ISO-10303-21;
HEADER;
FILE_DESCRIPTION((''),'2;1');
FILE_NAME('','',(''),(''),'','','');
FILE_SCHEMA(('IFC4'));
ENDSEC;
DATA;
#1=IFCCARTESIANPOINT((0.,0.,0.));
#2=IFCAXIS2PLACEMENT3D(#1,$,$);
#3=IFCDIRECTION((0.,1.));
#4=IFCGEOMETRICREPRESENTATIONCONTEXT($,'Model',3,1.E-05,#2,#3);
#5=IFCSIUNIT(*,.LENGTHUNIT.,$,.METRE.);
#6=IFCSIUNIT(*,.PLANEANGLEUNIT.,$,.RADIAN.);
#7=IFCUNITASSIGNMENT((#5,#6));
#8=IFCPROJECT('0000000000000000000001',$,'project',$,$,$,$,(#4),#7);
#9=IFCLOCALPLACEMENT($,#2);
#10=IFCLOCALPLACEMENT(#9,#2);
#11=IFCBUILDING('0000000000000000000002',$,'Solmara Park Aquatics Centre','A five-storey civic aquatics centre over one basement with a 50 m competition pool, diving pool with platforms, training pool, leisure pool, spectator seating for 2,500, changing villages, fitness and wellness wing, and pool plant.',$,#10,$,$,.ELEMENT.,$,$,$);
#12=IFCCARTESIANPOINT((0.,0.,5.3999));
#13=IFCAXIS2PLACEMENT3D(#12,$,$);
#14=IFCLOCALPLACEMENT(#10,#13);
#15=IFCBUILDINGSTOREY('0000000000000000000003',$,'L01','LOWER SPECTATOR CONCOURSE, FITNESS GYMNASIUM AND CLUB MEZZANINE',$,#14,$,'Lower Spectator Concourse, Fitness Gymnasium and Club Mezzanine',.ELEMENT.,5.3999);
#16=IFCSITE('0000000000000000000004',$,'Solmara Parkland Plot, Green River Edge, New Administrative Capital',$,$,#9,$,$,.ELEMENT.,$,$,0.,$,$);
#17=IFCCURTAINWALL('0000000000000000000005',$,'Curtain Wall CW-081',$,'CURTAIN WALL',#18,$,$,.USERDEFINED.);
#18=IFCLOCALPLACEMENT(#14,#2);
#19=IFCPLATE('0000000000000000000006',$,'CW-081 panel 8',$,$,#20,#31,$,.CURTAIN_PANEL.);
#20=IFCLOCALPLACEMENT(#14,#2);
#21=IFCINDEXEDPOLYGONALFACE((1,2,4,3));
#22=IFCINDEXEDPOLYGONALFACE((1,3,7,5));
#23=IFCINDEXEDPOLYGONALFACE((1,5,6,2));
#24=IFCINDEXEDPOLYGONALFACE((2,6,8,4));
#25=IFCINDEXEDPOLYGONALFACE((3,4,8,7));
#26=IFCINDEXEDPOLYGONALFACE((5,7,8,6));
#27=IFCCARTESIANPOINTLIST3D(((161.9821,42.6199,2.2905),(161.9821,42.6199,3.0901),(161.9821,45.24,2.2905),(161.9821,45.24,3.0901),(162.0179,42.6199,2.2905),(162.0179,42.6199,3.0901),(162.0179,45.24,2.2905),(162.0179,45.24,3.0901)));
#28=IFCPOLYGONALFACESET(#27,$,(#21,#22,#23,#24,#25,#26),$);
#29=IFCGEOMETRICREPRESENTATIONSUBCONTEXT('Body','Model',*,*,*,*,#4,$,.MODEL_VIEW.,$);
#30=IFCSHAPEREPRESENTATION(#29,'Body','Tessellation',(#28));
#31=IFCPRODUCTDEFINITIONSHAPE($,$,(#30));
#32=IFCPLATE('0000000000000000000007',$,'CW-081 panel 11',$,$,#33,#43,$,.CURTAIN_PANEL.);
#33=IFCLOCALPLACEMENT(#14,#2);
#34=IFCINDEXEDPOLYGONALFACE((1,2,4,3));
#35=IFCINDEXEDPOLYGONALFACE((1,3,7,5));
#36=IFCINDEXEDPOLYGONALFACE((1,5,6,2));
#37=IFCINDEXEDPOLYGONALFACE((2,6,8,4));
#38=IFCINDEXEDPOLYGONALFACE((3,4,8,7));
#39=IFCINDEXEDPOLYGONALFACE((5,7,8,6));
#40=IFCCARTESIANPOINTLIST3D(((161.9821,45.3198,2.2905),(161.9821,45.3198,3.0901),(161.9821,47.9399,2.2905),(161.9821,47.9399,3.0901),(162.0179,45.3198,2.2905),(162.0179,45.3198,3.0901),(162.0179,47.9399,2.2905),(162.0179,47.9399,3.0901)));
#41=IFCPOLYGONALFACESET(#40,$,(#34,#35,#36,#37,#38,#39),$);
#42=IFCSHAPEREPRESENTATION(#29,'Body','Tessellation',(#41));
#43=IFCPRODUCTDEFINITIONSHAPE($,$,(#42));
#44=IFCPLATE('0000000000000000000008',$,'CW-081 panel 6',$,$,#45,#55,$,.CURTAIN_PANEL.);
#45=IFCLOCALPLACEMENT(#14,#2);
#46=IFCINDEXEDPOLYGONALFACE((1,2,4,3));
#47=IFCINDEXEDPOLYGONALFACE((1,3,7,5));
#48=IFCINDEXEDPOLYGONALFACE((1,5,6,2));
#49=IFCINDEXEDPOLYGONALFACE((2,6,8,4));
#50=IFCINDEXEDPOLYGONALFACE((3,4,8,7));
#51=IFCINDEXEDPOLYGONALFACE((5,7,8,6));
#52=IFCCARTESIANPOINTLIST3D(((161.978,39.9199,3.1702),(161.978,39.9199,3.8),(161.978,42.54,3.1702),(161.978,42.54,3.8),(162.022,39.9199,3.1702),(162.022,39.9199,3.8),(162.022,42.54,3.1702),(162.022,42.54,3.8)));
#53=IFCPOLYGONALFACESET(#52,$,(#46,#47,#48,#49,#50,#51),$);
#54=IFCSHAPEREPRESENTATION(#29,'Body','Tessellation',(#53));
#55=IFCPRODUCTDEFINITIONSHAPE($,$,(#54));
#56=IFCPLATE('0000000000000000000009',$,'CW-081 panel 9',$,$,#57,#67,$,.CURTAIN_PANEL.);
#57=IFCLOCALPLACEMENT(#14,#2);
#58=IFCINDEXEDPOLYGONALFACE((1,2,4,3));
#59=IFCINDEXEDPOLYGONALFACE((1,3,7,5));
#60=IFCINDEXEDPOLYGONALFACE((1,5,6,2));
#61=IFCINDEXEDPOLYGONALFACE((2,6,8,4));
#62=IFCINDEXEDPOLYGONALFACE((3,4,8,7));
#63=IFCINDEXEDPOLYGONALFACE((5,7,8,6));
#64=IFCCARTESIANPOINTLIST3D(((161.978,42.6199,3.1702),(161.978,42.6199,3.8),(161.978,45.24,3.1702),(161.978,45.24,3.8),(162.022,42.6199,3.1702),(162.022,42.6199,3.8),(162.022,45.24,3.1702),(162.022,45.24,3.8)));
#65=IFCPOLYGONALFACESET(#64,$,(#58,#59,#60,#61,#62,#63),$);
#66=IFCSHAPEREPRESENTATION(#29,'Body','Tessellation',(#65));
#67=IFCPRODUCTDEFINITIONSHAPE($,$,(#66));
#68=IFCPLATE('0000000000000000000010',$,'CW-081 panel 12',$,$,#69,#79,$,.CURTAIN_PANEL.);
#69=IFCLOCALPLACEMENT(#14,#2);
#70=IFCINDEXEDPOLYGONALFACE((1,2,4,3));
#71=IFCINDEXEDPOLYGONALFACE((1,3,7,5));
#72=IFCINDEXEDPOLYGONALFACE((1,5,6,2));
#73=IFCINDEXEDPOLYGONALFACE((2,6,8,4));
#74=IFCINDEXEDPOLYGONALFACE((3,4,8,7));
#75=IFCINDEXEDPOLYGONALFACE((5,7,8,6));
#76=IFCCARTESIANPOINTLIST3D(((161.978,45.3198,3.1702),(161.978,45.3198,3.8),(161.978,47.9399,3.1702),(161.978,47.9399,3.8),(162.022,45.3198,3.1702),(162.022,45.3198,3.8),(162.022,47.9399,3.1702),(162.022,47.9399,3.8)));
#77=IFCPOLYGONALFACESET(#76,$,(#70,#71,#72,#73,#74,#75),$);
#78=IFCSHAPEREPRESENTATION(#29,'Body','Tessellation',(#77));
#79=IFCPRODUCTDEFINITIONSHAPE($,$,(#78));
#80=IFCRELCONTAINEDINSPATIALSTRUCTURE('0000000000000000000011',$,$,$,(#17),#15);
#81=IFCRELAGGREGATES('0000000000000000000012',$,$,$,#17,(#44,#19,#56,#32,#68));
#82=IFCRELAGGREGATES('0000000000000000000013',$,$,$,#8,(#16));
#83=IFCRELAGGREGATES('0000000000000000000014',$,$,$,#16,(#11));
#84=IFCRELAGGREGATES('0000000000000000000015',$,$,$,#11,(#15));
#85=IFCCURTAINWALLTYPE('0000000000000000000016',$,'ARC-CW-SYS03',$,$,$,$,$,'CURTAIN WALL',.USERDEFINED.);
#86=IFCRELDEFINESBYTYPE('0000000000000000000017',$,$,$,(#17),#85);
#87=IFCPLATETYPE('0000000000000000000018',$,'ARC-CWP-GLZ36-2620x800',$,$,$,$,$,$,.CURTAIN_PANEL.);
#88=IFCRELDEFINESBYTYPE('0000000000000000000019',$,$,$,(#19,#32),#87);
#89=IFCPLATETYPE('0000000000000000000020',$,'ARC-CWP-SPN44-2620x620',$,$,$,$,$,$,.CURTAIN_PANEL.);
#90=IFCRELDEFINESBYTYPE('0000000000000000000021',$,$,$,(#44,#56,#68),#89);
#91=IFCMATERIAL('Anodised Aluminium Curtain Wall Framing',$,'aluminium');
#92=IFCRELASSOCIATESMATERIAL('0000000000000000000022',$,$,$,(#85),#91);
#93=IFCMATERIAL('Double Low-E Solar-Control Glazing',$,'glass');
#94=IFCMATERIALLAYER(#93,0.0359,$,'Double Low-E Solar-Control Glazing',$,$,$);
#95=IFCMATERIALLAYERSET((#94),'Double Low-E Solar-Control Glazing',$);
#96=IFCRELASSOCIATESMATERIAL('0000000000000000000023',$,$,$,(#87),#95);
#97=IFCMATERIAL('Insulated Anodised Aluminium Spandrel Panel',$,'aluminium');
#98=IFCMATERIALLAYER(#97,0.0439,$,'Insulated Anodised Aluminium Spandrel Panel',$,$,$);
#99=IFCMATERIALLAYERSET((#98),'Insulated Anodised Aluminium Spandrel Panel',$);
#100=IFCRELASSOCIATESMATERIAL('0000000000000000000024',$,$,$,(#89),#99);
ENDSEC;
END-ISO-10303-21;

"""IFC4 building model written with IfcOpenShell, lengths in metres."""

from ifc_helpers import new_model, si_unit, direction, frame, origin, origin_2d, place, context, subcontext, project, spatial, rectangle, extrude, material, layer, layer_set, type_object, element, aggregate, save


model = new_model("IFC4")

# Units and contexts
model_context = context("Model", 3, precision=1e-05, world=origin(), true_north=direction((0.0, 1.0)))
body_context = subcontext(model_context, "Body", "Model", "MODEL_VIEW")
ifc_project = project(units=[si_unit("LENGTHUNIT", "METRE"), si_unit("PLANEANGLEUNIT", "RADIAN")], contexts=[model_context])

# Site, building, storey
site_placement = place(None, origin())
site = spatial("IfcSite", under=ifc_project, at=site_placement, Name="Solmara Parkland Plot, Green River Edge, New Administrative Capital", CompositionType="ELEMENT", RefElevation=0.0)
building_placement = place(site_placement, origin())
building = spatial("IfcBuilding", under=site, at=building_placement, Name="Solmara Park Aquatics Centre", Description="A five-storey civic aquatics centre over one basement with a 50 m competition pool, diving pool with platforms, training pool, leisure pool, spectator seating for 2,500, changing villages, fitness and wellness wing, and pool plant.", CompositionType="ELEMENT")
storey_placement = place(building_placement, frame((0.0, 0.0, 5.3999)))
storey = spatial("IfcBuildingStorey", under=building, at=storey_placement, Name="L01", Description="LOWER SPECTATOR CONCOURSE, FITNESS GYMNASIUM AND CLUB MEZZANINE", LongName="Lower Spectator Concourse, Fitness Gymnasium and Club Mezzanine", CompositionType="ELEMENT", Elevation=5.3999)

# Curtain wall
ifc_material_1 = material(Name="Anodised Aluminium Curtain Wall Framing", Category="aluminium")
curtain_wall_type = type_object("IfcCurtainWallType", Name="ARC-CW-SYS03", ElementType="CURTAIN WALL", PredefinedType="USERDEFINED", material=ifc_material_1)
curtain_wall_placement = place(storey_placement, origin())
curtain_wall = element("IfcCurtainWall", 1, at=curtain_wall_placement, inside=storey, type_object=curtain_wall_type, Name="Curtain Wall CW-081", ObjectType="CURTAIN WALL", PredefinedType="USERDEFINED")

# Plates
ifc_material_2 = material(Name="Double Low-E Solar-Control Glazing", Category="glass")
ifc_layer_1 = layer(ifc_material_2, 0.0359, Name="Double Low-E Solar-Control Glazing")
ifc_layer_set_1 = layer_set([ifc_layer_1], Name="Double Low-E Solar-Control Glazing")
plate_type_1 = type_object("IfcPlateType", Name="ARC-CWP-GLZ36-2620x800", PredefinedType="CURTAIN_PANEL", material=ifc_layer_set_1)
plate_1_placement = place(storey_placement, frame((162.0, 43.9299, 2.2905), z_axis=(0.0, 0.0, 1.0), x_axis=(0.0, 1.0, 0.0)))
plate_1 = element("IfcPlate", 2, at=plate_1_placement, type_object=plate_type_1, Name="CW-081 panel 8", PredefinedType="CURTAIN_PANEL", context=body_context, shape_type="SweptSolid", body=[
    extrude(rectangle(XDim=2.6201, YDim=0.0359, at=origin_2d()), origin(), (0.0, 0.0, 1.0), 0.7996),
])
plate_2_placement = place(storey_placement, frame((162.0, 46.6299, 2.2905), z_axis=(0.0, 0.0, 1.0), x_axis=(0.0, 1.0, 0.0)))
plate_2 = element("IfcPlate", 3, at=plate_2_placement, type_object=plate_type_1, Name="CW-081 panel 11", PredefinedType="CURTAIN_PANEL", context=body_context, shape_type="SweptSolid", body=[
    extrude(rectangle(XDim=2.6201, YDim=0.0359, at=origin_2d()), origin(), (0.0, 0.0, 1.0), 0.7996),
])
ifc_material_3 = material(Name="Insulated Anodised Aluminium Spandrel Panel", Category="aluminium")
ifc_layer_2 = layer(ifc_material_3, 0.0439, Name="Insulated Anodised Aluminium Spandrel Panel")
ifc_layer_set_2 = layer_set([ifc_layer_2], Name="Insulated Anodised Aluminium Spandrel Panel")
plate_type_2 = type_object("IfcPlateType", Name="ARC-CWP-SPN44-2620x620", PredefinedType="CURTAIN_PANEL", material=ifc_layer_set_2)
plate_3_placement = place(storey_placement, frame((162.0, 41.23, 3.1702), z_axis=(0.0, 0.0, 1.0), x_axis=(0.0, 1.0, 0.0)))
plate_3 = element("IfcPlate", 4, at=plate_3_placement, type_object=plate_type_2, Name="CW-081 panel 6", PredefinedType="CURTAIN_PANEL", context=body_context, shape_type="SweptSolid", body=[
    extrude(rectangle(XDim=2.6201, YDim=0.0439, at=origin_2d()), origin(), (0.0, 0.0, 1.0), 0.6299),
])
plate_4_placement = place(storey_placement, frame((162.0, 43.9299, 3.1702), z_axis=(0.0, 0.0, 1.0), x_axis=(0.0, 1.0, 0.0)))
plate_4 = element("IfcPlate", 5, at=plate_4_placement, type_object=plate_type_2, Name="CW-081 panel 9", PredefinedType="CURTAIN_PANEL", context=body_context, shape_type="SweptSolid", body=[
    extrude(rectangle(XDim=2.6201, YDim=0.0439, at=origin_2d()), origin(), (0.0, 0.0, 1.0), 0.6299),
])
plate_5_placement = place(storey_placement, frame((162.0, 46.6299, 3.1702), z_axis=(0.0, 0.0, 1.0), x_axis=(0.0, 1.0, 0.0)))
plate_5 = element("IfcPlate", 6, at=plate_5_placement, type_object=plate_type_2, Name="CW-081 panel 12", PredefinedType="CURTAIN_PANEL", context=body_context, shape_type="SweptSolid", body=[
    extrude(rectangle(XDim=2.6201, YDim=0.0439, at=origin_2d()), origin(), (0.0, 0.0, 1.0), 0.6299),
])
aggregate(curtain_wall, [plate_3, plate_1, plate_4, plate_2, plate_5])

save(model, "model.ifc")
